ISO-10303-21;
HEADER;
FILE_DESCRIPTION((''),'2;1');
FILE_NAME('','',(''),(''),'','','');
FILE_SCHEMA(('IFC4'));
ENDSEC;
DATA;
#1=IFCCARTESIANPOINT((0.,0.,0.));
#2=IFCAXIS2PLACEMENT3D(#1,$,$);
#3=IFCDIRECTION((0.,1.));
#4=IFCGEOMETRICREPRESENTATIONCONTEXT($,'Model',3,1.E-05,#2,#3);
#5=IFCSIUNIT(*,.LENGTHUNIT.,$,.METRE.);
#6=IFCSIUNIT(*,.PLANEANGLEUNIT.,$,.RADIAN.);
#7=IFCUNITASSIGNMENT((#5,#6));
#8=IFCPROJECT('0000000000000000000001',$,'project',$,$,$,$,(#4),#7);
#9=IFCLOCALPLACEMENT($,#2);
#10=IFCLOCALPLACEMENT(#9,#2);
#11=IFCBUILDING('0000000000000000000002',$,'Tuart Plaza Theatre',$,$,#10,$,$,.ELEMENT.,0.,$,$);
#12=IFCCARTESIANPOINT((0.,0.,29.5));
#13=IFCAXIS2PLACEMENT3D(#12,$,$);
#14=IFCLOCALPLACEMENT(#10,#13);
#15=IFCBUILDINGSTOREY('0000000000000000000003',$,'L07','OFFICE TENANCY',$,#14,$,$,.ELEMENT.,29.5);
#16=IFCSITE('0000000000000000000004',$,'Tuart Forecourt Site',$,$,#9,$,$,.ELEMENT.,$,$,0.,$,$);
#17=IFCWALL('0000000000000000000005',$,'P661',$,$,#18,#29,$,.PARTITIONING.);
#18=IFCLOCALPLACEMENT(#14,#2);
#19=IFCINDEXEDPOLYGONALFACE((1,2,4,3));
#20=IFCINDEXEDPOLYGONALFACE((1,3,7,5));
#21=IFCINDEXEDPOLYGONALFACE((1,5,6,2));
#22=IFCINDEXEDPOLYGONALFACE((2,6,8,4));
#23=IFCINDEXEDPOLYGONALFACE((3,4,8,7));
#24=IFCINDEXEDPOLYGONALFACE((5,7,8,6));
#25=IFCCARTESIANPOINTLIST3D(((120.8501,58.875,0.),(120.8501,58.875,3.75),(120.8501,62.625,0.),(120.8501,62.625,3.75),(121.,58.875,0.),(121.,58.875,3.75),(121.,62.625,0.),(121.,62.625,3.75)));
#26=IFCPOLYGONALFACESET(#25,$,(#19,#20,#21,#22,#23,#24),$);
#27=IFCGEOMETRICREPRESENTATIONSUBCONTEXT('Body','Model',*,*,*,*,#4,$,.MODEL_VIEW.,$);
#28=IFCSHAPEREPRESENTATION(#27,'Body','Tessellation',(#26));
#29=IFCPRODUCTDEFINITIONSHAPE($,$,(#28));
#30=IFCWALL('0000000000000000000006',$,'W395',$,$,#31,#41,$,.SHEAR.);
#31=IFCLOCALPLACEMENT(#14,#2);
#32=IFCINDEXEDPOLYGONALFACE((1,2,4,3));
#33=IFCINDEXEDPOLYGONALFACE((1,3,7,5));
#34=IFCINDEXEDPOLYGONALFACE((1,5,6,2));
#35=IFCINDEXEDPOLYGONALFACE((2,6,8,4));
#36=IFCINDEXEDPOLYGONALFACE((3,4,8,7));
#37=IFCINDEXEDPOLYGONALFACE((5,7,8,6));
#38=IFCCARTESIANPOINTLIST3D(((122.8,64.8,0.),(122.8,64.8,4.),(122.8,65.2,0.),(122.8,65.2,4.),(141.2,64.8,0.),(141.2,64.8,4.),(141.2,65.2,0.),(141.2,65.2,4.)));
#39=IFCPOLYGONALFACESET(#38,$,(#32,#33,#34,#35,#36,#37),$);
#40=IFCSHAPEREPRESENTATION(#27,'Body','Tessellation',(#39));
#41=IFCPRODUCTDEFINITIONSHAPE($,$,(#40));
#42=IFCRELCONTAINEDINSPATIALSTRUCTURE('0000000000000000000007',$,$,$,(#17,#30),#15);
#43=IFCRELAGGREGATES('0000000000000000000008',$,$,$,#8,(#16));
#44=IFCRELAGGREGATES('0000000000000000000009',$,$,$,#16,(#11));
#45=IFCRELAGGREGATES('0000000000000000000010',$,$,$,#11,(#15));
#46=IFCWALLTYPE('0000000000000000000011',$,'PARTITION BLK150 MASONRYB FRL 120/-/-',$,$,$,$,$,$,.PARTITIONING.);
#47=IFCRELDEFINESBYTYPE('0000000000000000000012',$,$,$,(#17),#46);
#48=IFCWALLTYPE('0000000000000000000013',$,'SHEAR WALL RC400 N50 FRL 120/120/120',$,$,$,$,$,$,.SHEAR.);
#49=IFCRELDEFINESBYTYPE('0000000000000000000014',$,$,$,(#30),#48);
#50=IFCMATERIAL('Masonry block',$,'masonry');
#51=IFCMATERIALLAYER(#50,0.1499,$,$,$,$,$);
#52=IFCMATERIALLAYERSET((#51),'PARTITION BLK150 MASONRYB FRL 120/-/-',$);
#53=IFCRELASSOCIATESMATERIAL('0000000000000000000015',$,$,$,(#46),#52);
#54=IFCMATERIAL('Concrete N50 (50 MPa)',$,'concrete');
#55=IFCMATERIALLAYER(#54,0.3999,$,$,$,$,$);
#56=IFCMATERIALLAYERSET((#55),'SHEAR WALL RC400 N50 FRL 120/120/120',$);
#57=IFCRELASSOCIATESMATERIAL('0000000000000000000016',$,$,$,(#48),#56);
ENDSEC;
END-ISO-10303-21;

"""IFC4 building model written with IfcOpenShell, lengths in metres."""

from ifc_helpers import new_model, si_unit, direction, frame, frame_2d, origin, place, context, subcontext, project, spatial, rectangle, extrude, material, layer, layer_set, type_object, element, save


model = new_model("IFC4")

# Units and contexts
model_context = context("Model", 3, precision=1e-05, world=origin(), true_north=direction((0.0, 1.0)))
body_context = subcontext(model_context, "Body", "Model", "MODEL_VIEW")
ifc_project = project(units=[si_unit("LENGTHUNIT", "METRE"), si_unit("PLANEANGLEUNIT", "RADIAN")], contexts=[model_context])

# Site, building, storey
site_placement = place(None, origin())
site = spatial("IfcSite", under=ifc_project, at=site_placement, Name="Tuart Forecourt Site", CompositionType="ELEMENT", RefElevation=0.0)
building_placement = place(site_placement, origin())
building = spatial("IfcBuilding", under=site, at=building_placement, Name="Tuart Plaza Theatre", CompositionType="ELEMENT", ElevationOfRefHeight=0.0)
storey_placement = place(building_placement, frame((0.0, 0.0, 29.5)))
storey = spatial("IfcBuildingStorey", under=building, at=storey_placement, Name="L07", Description="OFFICE TENANCY", CompositionType="ELEMENT", Elevation=29.5)

# Shared definitions
ifc_material_1 = material(Name="Masonry block", Category="masonry")
ifc_layer_1 = layer(ifc_material_1, 0.1499)
ifc_layer_set_1 = layer_set([ifc_layer_1], Name="PARTITION BLK150 MASONRYB FRL 120/-/-")
wall_type_1 = type_object("IfcWallType", Name="PARTITION BLK150 MASONRYB FRL 120/-/-", PredefinedType="PARTITIONING", material=ifc_layer_set_1)

# Walls
wall_1_placement = place(storey_placement, frame((120.925, 62.625, 0.0), z_axis=(0.0, 0.0, 1.0), x_axis=(0.0, -1.0, 0.0)))
element("IfcWall", 1, at=wall_1_placement, inside=storey, type_object=wall_type_1, Name="P661", PredefinedType="PARTITIONING", context=body_context, shape_type="SweptSolid", body=[
    extrude(rectangle(XDim=3.75, YDim=0.1499, at=frame_2d((1.875, 0.0))), origin(), (0.0, 0.0, 1.0), 3.75),
])
ifc_material_2 = material(Name="Concrete N50 (50 MPa)", Category="concrete")
ifc_layer_2 = layer(ifc_material_2, 0.3999)
ifc_layer_set_2 = layer_set([ifc_layer_2], Name="SHEAR WALL RC400 N50 FRL 120/120/120")
wall_type_2 = type_object("IfcWallType", Name="SHEAR WALL RC400 N50 FRL 120/120/120", PredefinedType="SHEAR", material=ifc_layer_set_2)
wall_2_placement = place(storey_placement, frame((122.8, 65.0, 0.0), z_axis=(0.0, 0.0, 1.0), x_axis=(1.0, 0.0, 0.0)))
element("IfcWall", 2, at=wall_2_placement, inside=storey, type_object=wall_type_2, Name="W395", PredefinedType="SHEAR", context=body_context, shape_type="SweptSolid", body=[
    extrude(rectangle(XDim=18.3999, YDim=0.3999, at=frame_2d((9.2, 0.0))), origin(), (0.0, 0.0, 1.0), 4.0),
])

save(model, "model.ifc")
